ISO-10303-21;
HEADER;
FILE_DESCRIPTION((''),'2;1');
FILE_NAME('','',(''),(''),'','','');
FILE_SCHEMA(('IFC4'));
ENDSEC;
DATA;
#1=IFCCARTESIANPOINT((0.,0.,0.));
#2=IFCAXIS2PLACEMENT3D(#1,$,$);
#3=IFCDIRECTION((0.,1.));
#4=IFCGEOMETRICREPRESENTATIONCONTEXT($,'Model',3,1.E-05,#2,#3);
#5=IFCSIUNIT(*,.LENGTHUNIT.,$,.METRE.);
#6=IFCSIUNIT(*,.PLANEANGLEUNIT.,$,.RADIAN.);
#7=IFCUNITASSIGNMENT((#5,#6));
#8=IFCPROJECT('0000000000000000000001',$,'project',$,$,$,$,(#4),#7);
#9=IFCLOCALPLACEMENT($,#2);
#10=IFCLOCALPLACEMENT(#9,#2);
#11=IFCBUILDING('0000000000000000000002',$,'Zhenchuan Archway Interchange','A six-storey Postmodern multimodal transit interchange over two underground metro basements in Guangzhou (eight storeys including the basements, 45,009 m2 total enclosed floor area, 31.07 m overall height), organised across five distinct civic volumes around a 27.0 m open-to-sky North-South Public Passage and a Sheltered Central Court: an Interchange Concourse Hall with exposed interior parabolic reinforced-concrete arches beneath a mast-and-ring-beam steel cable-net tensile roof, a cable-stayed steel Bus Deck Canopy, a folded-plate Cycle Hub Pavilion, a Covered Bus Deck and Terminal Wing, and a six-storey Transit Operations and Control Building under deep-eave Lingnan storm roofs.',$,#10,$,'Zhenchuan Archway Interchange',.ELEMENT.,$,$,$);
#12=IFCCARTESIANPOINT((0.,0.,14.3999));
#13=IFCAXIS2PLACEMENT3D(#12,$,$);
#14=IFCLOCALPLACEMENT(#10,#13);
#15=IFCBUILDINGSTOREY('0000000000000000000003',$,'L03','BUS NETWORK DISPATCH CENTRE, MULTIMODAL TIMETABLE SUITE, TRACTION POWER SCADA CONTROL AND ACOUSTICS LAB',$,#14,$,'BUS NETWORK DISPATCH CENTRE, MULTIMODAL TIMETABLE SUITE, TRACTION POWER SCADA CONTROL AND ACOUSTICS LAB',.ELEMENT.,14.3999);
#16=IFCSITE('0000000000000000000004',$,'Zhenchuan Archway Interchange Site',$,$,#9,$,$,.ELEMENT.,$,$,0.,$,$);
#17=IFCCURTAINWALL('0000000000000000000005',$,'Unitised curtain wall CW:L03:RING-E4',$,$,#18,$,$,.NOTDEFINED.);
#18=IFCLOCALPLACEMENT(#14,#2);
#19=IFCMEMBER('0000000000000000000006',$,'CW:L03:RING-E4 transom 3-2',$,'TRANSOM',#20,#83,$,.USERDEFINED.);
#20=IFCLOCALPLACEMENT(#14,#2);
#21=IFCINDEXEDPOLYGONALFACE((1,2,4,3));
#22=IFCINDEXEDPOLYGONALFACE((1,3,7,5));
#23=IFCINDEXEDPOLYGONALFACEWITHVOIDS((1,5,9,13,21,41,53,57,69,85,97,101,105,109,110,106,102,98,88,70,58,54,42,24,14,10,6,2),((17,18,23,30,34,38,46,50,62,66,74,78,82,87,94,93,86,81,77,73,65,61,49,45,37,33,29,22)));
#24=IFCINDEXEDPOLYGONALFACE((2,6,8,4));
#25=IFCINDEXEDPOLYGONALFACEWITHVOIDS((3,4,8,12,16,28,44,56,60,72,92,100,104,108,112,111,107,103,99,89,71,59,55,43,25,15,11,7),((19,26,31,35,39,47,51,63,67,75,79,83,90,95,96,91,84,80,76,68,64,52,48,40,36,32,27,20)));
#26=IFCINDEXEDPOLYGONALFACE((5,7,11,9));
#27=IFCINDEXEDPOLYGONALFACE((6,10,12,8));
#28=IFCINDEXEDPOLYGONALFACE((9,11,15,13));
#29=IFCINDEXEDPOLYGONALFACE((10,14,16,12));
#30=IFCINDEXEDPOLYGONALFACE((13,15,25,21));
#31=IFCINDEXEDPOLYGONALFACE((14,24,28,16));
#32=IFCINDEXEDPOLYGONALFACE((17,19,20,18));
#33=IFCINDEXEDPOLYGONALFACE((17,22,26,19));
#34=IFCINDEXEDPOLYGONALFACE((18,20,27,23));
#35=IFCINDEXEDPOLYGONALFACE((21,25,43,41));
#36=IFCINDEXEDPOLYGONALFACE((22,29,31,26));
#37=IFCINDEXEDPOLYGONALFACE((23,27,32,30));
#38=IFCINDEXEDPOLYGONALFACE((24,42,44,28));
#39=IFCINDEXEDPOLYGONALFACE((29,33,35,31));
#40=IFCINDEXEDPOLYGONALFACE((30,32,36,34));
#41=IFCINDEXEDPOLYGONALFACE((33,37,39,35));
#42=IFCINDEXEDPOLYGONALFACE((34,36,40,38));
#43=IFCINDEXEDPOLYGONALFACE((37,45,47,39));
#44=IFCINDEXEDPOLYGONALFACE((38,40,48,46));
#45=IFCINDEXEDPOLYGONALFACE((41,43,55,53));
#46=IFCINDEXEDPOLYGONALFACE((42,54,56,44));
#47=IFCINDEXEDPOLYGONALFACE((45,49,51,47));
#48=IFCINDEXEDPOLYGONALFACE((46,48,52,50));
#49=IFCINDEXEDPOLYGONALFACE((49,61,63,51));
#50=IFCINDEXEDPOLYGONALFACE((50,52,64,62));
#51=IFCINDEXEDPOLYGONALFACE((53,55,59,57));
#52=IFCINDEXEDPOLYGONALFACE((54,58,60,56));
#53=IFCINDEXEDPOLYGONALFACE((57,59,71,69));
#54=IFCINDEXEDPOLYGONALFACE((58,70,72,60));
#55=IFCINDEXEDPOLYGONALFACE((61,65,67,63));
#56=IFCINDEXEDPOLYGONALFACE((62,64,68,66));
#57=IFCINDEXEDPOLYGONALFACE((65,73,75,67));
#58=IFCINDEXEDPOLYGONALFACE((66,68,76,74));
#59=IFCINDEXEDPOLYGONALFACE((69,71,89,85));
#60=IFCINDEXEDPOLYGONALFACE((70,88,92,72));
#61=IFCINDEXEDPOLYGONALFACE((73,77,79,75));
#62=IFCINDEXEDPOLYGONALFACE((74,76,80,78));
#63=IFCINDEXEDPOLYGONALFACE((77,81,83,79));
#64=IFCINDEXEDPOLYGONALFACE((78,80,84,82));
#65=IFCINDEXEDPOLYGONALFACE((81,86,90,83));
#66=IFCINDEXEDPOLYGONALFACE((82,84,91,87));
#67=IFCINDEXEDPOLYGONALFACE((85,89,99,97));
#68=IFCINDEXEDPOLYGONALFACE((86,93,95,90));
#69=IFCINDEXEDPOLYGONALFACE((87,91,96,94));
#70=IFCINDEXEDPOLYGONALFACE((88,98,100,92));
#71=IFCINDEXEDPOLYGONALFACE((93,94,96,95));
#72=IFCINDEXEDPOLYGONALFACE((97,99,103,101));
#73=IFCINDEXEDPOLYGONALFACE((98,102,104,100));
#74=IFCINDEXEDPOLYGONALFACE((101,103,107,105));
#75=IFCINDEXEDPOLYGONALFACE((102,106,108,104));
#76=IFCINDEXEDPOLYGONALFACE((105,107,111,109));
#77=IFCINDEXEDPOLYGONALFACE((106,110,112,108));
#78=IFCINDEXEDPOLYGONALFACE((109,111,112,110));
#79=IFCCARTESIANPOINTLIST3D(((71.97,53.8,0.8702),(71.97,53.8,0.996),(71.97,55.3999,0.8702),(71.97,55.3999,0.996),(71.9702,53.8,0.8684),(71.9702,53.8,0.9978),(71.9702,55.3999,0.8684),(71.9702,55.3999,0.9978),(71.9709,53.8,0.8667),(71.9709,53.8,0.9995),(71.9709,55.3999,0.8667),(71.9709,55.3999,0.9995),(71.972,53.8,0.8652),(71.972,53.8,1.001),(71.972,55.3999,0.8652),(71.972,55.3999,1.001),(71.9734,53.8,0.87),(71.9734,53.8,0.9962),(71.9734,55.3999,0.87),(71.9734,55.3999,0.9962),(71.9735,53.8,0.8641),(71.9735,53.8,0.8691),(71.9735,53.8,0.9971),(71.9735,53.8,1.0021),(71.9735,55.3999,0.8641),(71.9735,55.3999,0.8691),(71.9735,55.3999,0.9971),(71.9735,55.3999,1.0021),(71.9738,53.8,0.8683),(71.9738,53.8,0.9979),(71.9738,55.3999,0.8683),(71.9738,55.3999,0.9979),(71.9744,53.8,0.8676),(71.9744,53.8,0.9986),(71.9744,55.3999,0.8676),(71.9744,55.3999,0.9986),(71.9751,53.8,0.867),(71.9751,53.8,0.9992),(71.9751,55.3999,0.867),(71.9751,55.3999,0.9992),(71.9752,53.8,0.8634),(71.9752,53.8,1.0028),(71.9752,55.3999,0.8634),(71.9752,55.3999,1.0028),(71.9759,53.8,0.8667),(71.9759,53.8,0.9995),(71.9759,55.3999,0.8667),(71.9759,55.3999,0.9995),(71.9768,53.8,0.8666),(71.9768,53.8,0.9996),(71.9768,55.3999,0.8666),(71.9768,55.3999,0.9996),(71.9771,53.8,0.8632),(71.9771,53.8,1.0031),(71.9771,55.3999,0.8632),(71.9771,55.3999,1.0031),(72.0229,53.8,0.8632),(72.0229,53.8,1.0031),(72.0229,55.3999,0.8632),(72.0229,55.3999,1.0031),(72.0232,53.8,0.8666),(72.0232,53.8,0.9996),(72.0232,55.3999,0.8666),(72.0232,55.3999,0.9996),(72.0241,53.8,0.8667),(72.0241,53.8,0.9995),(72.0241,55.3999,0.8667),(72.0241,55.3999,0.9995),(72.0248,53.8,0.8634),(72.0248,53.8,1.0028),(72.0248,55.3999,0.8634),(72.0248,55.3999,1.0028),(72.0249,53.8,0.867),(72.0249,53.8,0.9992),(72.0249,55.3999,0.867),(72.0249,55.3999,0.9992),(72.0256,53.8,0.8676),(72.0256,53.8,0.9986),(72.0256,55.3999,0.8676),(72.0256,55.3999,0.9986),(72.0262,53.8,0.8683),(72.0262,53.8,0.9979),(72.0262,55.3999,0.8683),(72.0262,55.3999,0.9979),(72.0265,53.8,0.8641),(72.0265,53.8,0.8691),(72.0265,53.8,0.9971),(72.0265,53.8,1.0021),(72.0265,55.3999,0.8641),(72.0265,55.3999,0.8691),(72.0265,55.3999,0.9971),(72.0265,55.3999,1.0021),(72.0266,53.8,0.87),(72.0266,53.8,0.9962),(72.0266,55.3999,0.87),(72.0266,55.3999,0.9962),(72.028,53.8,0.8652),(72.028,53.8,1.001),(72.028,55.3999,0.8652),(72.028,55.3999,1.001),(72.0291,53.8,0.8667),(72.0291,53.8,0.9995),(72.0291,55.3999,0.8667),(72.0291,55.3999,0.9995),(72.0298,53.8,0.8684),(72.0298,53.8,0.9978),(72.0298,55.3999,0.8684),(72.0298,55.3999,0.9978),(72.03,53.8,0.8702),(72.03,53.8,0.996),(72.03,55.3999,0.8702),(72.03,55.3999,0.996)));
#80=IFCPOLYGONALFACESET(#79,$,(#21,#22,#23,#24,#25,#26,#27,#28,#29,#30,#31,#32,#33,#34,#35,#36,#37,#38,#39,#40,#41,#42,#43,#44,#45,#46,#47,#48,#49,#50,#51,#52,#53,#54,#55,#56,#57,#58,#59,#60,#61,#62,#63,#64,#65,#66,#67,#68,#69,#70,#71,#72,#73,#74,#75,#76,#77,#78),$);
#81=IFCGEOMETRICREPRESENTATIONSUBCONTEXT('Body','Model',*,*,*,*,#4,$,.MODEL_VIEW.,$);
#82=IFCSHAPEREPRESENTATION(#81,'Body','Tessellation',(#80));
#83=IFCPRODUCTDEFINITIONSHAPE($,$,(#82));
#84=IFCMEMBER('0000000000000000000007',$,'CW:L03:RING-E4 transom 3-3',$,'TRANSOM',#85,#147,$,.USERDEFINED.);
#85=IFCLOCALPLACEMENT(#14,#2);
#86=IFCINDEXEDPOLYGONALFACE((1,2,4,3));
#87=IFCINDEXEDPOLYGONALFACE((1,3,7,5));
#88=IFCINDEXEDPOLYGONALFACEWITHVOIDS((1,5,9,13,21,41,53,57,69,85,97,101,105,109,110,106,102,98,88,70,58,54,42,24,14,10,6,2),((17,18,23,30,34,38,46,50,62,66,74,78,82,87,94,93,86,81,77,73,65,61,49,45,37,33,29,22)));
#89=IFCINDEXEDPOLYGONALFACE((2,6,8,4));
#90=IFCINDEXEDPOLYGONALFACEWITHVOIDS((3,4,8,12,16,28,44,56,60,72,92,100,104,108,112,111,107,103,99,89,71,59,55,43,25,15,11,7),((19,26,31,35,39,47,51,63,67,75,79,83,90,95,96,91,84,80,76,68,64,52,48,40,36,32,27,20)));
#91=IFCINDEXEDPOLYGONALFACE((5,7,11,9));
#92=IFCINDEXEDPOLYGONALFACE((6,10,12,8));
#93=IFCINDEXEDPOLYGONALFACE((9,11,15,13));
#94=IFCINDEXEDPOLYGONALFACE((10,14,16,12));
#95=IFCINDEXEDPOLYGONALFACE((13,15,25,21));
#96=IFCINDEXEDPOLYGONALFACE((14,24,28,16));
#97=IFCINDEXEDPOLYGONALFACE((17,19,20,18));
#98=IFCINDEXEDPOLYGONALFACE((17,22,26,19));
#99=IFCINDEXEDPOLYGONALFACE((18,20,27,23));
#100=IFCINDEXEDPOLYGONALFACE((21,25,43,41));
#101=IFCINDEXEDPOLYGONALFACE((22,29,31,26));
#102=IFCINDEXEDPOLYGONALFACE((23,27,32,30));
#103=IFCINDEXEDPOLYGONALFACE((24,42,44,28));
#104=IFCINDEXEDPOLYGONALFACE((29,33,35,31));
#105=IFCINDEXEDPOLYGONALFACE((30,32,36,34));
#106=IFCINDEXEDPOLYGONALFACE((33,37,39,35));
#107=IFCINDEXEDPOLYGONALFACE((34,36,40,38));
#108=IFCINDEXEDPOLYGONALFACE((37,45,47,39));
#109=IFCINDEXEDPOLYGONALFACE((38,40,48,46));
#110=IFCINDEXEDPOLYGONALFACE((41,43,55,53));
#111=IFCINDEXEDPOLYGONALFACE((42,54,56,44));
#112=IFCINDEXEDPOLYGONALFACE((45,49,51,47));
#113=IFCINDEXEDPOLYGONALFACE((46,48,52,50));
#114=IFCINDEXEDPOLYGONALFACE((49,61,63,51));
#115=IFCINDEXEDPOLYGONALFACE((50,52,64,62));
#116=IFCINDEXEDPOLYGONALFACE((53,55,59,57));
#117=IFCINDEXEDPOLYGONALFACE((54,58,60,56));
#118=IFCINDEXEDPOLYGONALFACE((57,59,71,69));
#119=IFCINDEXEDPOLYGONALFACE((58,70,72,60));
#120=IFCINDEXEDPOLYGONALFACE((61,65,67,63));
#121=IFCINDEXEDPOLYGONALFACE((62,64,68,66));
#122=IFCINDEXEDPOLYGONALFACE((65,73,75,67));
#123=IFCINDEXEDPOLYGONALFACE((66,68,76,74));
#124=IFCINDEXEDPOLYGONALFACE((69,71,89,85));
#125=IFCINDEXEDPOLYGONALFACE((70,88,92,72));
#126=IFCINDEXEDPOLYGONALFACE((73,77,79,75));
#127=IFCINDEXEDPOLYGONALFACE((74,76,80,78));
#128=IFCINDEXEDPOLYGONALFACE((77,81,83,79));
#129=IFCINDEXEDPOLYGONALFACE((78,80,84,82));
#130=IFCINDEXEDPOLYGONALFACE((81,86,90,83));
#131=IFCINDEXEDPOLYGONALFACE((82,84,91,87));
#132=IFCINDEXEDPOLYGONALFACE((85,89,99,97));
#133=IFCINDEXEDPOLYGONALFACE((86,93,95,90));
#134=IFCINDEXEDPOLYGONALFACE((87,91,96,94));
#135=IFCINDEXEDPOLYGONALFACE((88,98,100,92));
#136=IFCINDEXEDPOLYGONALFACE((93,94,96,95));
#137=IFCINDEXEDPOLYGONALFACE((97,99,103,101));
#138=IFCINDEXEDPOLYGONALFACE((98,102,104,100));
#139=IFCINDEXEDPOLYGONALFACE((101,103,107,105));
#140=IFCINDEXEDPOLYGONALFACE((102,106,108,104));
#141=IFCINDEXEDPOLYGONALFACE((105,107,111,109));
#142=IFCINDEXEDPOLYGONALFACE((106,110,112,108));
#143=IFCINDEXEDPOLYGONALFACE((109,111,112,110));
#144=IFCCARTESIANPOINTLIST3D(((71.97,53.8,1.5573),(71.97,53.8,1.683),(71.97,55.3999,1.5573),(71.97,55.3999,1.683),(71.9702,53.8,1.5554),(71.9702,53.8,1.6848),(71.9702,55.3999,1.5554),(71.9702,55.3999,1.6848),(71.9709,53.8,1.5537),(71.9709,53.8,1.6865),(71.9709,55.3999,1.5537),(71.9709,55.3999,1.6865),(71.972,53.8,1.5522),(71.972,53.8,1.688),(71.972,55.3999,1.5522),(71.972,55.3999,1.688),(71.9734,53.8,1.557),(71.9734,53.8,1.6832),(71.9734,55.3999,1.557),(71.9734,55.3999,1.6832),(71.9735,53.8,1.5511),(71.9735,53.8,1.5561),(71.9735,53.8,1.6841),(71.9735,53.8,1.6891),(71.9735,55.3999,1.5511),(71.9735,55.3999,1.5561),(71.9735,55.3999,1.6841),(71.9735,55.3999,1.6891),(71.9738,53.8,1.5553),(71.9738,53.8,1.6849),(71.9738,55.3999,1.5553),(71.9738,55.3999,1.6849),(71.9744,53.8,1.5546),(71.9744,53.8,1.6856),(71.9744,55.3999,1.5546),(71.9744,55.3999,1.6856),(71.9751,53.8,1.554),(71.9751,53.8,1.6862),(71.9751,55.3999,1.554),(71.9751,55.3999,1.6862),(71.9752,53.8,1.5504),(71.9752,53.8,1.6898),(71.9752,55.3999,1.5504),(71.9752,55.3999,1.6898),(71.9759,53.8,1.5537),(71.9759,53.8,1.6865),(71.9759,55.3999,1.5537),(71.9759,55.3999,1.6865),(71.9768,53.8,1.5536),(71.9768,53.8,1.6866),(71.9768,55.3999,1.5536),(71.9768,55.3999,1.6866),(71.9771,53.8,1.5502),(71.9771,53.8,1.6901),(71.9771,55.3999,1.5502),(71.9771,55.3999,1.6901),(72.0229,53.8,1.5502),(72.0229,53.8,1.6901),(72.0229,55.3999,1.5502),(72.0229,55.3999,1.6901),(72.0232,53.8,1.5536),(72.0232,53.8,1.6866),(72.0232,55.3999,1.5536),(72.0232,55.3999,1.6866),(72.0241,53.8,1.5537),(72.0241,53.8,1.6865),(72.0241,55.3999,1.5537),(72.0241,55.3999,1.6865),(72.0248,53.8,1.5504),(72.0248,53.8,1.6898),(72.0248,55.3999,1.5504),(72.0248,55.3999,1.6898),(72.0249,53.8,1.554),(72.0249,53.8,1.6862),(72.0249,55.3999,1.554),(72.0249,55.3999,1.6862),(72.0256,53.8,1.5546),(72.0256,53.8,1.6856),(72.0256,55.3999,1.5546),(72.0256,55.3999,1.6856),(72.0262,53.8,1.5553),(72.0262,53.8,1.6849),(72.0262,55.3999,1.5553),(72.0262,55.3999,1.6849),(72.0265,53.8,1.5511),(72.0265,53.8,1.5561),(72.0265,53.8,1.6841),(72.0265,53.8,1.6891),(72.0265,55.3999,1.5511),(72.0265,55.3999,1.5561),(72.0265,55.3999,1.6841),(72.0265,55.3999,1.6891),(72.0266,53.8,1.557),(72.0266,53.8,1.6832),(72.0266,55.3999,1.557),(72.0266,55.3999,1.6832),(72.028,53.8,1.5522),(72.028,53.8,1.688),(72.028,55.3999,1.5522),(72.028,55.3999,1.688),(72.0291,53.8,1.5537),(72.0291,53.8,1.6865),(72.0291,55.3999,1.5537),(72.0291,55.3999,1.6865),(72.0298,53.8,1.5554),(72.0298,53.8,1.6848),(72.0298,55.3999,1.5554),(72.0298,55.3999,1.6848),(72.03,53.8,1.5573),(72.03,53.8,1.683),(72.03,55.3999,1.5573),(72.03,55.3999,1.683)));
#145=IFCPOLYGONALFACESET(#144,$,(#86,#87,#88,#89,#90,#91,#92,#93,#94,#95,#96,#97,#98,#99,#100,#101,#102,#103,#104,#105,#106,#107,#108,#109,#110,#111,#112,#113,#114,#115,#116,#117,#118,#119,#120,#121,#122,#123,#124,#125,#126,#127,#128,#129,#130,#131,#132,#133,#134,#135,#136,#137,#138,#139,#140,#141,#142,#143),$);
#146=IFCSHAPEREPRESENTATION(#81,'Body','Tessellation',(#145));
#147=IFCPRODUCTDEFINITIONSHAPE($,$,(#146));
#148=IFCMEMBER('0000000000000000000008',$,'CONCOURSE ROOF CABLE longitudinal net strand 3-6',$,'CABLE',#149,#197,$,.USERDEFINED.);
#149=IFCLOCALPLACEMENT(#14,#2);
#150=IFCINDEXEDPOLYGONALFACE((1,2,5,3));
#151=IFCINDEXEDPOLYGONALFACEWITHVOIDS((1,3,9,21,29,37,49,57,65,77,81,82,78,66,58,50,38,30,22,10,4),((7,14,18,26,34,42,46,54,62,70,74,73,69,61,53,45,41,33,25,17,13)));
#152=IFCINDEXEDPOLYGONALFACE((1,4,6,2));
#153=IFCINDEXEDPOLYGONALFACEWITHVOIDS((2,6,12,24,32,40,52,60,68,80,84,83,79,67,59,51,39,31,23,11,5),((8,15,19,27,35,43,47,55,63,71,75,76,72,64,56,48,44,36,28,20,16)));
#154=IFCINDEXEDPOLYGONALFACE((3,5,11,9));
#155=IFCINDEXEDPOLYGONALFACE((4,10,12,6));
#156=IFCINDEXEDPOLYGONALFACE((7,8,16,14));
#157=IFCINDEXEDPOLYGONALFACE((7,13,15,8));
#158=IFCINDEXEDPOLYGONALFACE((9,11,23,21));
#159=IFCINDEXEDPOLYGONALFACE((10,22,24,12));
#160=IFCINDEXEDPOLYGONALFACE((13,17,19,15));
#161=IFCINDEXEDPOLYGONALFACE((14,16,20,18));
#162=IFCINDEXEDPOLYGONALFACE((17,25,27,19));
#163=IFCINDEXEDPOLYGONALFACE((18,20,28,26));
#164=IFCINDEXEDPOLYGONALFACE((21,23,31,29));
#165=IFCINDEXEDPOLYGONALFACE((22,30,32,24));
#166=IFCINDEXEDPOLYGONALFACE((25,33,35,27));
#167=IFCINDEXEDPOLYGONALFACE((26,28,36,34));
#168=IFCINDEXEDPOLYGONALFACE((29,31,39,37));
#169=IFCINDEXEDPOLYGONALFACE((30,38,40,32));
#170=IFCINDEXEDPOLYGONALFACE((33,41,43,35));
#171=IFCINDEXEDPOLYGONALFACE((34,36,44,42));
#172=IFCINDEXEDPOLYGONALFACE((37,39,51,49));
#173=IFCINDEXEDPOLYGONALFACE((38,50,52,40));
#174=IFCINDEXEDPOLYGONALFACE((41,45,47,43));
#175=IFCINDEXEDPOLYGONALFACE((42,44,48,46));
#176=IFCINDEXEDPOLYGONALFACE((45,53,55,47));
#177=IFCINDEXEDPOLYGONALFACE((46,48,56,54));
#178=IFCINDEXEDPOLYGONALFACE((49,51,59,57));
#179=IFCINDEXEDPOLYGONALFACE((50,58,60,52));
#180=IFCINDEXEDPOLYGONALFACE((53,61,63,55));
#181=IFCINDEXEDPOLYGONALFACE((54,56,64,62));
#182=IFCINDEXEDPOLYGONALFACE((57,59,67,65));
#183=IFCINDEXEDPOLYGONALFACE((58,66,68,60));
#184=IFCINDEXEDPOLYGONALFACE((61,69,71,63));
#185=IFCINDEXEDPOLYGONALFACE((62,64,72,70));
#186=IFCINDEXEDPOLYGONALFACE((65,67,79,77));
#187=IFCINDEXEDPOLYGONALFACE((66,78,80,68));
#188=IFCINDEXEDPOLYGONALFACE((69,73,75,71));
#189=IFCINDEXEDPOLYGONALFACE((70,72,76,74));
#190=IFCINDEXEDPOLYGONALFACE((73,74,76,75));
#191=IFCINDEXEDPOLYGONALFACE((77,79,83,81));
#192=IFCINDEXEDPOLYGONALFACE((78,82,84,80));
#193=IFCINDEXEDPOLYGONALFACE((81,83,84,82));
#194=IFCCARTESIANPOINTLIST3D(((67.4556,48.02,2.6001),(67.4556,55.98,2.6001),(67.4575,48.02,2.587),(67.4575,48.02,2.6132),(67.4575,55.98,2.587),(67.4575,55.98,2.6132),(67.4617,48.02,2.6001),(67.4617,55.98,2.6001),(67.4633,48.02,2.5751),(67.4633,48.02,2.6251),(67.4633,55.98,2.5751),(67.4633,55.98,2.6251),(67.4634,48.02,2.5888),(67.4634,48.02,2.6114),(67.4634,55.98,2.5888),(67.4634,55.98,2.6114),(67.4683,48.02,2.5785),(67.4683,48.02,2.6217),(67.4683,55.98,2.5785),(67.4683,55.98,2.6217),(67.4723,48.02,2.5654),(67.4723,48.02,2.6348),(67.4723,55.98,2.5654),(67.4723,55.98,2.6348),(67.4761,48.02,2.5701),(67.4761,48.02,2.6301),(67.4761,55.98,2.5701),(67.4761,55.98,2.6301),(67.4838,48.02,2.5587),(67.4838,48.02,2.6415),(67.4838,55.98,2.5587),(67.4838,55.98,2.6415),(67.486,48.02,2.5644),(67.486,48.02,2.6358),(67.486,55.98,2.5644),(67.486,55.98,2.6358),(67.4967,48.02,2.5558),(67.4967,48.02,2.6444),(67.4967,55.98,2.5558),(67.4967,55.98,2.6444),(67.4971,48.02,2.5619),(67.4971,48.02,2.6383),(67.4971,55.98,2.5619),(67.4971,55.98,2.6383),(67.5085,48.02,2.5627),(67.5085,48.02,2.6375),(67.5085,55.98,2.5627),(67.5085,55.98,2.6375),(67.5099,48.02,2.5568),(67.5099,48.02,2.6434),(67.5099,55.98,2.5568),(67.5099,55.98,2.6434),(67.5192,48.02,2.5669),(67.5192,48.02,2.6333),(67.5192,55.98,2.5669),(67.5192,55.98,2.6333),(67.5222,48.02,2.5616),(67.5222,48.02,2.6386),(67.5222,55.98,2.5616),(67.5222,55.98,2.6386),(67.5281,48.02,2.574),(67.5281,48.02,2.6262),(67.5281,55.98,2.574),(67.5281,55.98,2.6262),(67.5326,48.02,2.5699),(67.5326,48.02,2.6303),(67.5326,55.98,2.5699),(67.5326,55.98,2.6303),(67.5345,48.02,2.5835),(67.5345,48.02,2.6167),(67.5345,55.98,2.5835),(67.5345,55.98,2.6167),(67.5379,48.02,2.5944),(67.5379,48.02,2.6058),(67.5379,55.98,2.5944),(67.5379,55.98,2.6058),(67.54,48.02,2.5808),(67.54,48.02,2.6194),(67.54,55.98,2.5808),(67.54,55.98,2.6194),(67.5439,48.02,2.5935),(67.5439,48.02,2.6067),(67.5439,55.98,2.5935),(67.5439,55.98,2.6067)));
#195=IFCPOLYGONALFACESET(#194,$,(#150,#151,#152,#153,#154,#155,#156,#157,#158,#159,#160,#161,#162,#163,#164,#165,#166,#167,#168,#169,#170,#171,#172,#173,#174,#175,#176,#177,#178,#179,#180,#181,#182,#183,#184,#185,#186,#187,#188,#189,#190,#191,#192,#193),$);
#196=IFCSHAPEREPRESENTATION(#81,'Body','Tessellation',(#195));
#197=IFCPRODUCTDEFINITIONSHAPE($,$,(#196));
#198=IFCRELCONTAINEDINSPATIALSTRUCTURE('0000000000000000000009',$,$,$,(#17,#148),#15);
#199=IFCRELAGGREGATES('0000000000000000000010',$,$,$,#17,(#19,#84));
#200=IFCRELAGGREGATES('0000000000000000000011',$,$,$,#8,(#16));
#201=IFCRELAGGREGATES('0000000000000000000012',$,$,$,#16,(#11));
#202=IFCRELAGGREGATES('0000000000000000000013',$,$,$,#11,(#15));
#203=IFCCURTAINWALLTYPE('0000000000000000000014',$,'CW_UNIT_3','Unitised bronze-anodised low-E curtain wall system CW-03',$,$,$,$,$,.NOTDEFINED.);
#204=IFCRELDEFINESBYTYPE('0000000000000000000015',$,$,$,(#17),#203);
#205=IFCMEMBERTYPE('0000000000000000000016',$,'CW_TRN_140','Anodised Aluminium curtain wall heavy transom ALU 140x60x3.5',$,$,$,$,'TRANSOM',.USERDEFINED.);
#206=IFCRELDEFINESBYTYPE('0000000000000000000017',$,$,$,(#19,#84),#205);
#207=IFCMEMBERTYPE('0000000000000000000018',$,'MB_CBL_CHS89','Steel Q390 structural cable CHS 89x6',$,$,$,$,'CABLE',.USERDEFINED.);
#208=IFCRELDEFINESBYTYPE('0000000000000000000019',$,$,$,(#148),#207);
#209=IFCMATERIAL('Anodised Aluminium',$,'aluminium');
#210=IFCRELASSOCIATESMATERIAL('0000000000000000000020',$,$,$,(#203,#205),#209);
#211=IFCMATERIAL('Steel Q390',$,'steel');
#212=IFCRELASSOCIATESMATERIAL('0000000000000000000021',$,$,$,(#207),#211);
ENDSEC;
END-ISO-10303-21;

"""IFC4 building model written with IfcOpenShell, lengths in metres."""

from ifc_helpers import new_model, si_unit, direction, frame, origin, origin_2d, place, context, subcontext, project, spatial, hollow_rectangle, hollow_circle, extrude, material, material_profile, profile_set, type_object, element, aggregate, save


model = new_model("IFC4")

# Units and contexts
model_context = context("Model", 3, precision=1e-05, world=origin(), true_north=direction((0.0, 1.0)))
body_context = subcontext(model_context, "Body", "Model", "MODEL_VIEW")
ifc_project = project(units=[si_unit("LENGTHUNIT", "METRE"), si_unit("PLANEANGLEUNIT", "RADIAN")], contexts=[model_context])

# Site, building, storey
site_placement = place(None, origin())
site = spatial("IfcSite", under=ifc_project, at=site_placement, Name="Zhenchuan Archway Interchange Site", CompositionType="ELEMENT", RefElevation=0.0)
building_placement = place(site_placement, origin())
building = spatial("IfcBuilding", under=site, at=building_placement, Name="Zhenchuan Archway Interchange", Description="A six-storey Postmodern multimodal transit interchange over two underground metro basements in Guangzhou (eight storeys including the basements, 45,009 m2 total enclosed floor area, 31.07 m overall height), organised across five distinct civic volumes around a 27.0 m open-to-sky North-South Public Passage and a Sheltered Central Court: an Interchange Concourse Hall with exposed interior parabolic reinforced-concrete arches beneath a mast-and-ring-beam steel cable-net tensile roof, a cable-stayed steel Bus Deck Canopy, a folded-plate Cycle Hub Pavilion, a Covered Bus Deck and Terminal Wing, and a six-storey Transit Operations and Control Building under deep-eave Lingnan storm roofs.", LongName="Zhenchuan Archway Interchange", CompositionType="ELEMENT")
storey_placement = place(building_placement, frame((0.0, 0.0, 14.3999)))
storey = spatial("IfcBuildingStorey", under=building, at=storey_placement, Name="L03", Description="BUS NETWORK DISPATCH CENTRE, MULTIMODAL TIMETABLE SUITE, TRACTION POWER SCADA CONTROL AND ACOUSTICS LAB", LongName="BUS NETWORK DISPATCH CENTRE, MULTIMODAL TIMETABLE SUITE, TRACTION POWER SCADA CONTROL AND ACOUSTICS LAB", CompositionType="ELEMENT", Elevation=14.3999)

# Shared definitions
ifc_material_1 = material(Name="Steel Q390", Category="steel")

# Shared definitions
ifc_material_2 = material(Name="Anodised Aluminium", Category="aluminium")
curtain_wall_type = type_object("IfcCurtainWallType", Name="CW_UNIT_3", Description="Unitised bronze-anodised low-E curtain wall system CW-03", PredefinedType="NOTDEFINED", material=ifc_material_2)

# Curtain wall
curtain_wall_1_placement = place(storey_placement, origin())
curtain_wall_1 = element("IfcCurtainWall", 1, at=curtain_wall_1_placement, inside=storey, type_object=curtain_wall_type, Name="Unitised curtain wall CW:L03:RING-E4", PredefinedType="NOTDEFINED")

# Members
ifc_material_profile_1 = material_profile(ifc_material_2, hollow_rectangle(XDim=0.0601, YDim=0.1399, WallThickness=0.0034, InnerFilletRadius=0.0034, OuterFilletRadius=0.0071, at=origin_2d()), Name="ALU 140x60x3.5")
ifc_profile_set_1 = profile_set([ifc_material_profile_1], Name="Anodised Aluminium")
member_type_1 = type_object("IfcMemberType", Name="CW_TRN_140", Description="Anodised Aluminium curtain wall heavy transom ALU 140x60x3.5", ElementType="TRANSOM", PredefinedType="USERDEFINED", material=ifc_profile_set_1)
member_1_placement = place(storey_placement, frame((72.0, 53.8, 0.9331), z_axis=(0.0, 1.0, 0.0), x_axis=(-1.0, 0.0, 0.0)))
member_1 = element("IfcMember", 2, at=member_1_placement, type_object=member_type_1, Name="CW:L03:RING-E4 transom 3-2", ObjectType="TRANSOM", PredefinedType="USERDEFINED", context=body_context, shape_type="SweptSolid", body=[
    extrude(hollow_rectangle(XDim=0.0601, YDim=0.1399, WallThickness=0.0034, InnerFilletRadius=0.0034, OuterFilletRadius=0.0071, at=origin_2d()), origin(), (0.0, 0.0, 1.0), 1.5999),
])
member_2_placement = place(storey_placement, frame((72.0, 53.8, 1.6201), z_axis=(0.0, 1.0, 0.0), x_axis=(-1.0, 0.0, 0.0)))
member_2 = element("IfcMember", 3, at=member_2_placement, type_object=member_type_1, Name="CW:L03:RING-E4 transom 3-3", ObjectType="TRANSOM", PredefinedType="USERDEFINED", context=body_context, shape_type="SweptSolid", body=[
    extrude(hollow_rectangle(XDim=0.0601, YDim=0.1399, WallThickness=0.0034, InnerFilletRadius=0.0034, OuterFilletRadius=0.0071, at=origin_2d()), origin(), (0.0, 0.0, 1.0), 1.5999),
])
ifc_material_profile_2 = material_profile(ifc_material_1, hollow_circle(Radius=0.0444, WallThickness=0.0061, at=origin_2d()), Name="CHS 89x6")
ifc_profile_set_2 = profile_set([ifc_material_profile_2], Name="Steel Q390")
member_type_2 = type_object("IfcMemberType", Name="MB_CBL_CHS89", Description="Steel Q390 structural cable CHS 89x6", ElementType="CABLE", PredefinedType="USERDEFINED", material=ifc_profile_set_2)
member_3_placement = place(storey_placement, frame((67.5, 48.02, 2.6001), z_axis=(0.0, 1.0, 0.0), x_axis=(-1.0, 0.0, 0.0)))
element("IfcMember", 4, at=member_3_placement, inside=storey, type_object=member_type_2, Name="CONCOURSE ROOF CABLE longitudinal net strand 3-6", ObjectType="CABLE", PredefinedType="USERDEFINED", context=body_context, shape_type="SweptSolid", body=[
    extrude(hollow_circle(Radius=0.0444, WallThickness=0.0061, at=origin_2d()), origin(), (0.0, 0.0, 1.0), 7.96),
])

aggregate(curtain_wall_1, [member_1, member_2])

save(model, "model.ifc")
